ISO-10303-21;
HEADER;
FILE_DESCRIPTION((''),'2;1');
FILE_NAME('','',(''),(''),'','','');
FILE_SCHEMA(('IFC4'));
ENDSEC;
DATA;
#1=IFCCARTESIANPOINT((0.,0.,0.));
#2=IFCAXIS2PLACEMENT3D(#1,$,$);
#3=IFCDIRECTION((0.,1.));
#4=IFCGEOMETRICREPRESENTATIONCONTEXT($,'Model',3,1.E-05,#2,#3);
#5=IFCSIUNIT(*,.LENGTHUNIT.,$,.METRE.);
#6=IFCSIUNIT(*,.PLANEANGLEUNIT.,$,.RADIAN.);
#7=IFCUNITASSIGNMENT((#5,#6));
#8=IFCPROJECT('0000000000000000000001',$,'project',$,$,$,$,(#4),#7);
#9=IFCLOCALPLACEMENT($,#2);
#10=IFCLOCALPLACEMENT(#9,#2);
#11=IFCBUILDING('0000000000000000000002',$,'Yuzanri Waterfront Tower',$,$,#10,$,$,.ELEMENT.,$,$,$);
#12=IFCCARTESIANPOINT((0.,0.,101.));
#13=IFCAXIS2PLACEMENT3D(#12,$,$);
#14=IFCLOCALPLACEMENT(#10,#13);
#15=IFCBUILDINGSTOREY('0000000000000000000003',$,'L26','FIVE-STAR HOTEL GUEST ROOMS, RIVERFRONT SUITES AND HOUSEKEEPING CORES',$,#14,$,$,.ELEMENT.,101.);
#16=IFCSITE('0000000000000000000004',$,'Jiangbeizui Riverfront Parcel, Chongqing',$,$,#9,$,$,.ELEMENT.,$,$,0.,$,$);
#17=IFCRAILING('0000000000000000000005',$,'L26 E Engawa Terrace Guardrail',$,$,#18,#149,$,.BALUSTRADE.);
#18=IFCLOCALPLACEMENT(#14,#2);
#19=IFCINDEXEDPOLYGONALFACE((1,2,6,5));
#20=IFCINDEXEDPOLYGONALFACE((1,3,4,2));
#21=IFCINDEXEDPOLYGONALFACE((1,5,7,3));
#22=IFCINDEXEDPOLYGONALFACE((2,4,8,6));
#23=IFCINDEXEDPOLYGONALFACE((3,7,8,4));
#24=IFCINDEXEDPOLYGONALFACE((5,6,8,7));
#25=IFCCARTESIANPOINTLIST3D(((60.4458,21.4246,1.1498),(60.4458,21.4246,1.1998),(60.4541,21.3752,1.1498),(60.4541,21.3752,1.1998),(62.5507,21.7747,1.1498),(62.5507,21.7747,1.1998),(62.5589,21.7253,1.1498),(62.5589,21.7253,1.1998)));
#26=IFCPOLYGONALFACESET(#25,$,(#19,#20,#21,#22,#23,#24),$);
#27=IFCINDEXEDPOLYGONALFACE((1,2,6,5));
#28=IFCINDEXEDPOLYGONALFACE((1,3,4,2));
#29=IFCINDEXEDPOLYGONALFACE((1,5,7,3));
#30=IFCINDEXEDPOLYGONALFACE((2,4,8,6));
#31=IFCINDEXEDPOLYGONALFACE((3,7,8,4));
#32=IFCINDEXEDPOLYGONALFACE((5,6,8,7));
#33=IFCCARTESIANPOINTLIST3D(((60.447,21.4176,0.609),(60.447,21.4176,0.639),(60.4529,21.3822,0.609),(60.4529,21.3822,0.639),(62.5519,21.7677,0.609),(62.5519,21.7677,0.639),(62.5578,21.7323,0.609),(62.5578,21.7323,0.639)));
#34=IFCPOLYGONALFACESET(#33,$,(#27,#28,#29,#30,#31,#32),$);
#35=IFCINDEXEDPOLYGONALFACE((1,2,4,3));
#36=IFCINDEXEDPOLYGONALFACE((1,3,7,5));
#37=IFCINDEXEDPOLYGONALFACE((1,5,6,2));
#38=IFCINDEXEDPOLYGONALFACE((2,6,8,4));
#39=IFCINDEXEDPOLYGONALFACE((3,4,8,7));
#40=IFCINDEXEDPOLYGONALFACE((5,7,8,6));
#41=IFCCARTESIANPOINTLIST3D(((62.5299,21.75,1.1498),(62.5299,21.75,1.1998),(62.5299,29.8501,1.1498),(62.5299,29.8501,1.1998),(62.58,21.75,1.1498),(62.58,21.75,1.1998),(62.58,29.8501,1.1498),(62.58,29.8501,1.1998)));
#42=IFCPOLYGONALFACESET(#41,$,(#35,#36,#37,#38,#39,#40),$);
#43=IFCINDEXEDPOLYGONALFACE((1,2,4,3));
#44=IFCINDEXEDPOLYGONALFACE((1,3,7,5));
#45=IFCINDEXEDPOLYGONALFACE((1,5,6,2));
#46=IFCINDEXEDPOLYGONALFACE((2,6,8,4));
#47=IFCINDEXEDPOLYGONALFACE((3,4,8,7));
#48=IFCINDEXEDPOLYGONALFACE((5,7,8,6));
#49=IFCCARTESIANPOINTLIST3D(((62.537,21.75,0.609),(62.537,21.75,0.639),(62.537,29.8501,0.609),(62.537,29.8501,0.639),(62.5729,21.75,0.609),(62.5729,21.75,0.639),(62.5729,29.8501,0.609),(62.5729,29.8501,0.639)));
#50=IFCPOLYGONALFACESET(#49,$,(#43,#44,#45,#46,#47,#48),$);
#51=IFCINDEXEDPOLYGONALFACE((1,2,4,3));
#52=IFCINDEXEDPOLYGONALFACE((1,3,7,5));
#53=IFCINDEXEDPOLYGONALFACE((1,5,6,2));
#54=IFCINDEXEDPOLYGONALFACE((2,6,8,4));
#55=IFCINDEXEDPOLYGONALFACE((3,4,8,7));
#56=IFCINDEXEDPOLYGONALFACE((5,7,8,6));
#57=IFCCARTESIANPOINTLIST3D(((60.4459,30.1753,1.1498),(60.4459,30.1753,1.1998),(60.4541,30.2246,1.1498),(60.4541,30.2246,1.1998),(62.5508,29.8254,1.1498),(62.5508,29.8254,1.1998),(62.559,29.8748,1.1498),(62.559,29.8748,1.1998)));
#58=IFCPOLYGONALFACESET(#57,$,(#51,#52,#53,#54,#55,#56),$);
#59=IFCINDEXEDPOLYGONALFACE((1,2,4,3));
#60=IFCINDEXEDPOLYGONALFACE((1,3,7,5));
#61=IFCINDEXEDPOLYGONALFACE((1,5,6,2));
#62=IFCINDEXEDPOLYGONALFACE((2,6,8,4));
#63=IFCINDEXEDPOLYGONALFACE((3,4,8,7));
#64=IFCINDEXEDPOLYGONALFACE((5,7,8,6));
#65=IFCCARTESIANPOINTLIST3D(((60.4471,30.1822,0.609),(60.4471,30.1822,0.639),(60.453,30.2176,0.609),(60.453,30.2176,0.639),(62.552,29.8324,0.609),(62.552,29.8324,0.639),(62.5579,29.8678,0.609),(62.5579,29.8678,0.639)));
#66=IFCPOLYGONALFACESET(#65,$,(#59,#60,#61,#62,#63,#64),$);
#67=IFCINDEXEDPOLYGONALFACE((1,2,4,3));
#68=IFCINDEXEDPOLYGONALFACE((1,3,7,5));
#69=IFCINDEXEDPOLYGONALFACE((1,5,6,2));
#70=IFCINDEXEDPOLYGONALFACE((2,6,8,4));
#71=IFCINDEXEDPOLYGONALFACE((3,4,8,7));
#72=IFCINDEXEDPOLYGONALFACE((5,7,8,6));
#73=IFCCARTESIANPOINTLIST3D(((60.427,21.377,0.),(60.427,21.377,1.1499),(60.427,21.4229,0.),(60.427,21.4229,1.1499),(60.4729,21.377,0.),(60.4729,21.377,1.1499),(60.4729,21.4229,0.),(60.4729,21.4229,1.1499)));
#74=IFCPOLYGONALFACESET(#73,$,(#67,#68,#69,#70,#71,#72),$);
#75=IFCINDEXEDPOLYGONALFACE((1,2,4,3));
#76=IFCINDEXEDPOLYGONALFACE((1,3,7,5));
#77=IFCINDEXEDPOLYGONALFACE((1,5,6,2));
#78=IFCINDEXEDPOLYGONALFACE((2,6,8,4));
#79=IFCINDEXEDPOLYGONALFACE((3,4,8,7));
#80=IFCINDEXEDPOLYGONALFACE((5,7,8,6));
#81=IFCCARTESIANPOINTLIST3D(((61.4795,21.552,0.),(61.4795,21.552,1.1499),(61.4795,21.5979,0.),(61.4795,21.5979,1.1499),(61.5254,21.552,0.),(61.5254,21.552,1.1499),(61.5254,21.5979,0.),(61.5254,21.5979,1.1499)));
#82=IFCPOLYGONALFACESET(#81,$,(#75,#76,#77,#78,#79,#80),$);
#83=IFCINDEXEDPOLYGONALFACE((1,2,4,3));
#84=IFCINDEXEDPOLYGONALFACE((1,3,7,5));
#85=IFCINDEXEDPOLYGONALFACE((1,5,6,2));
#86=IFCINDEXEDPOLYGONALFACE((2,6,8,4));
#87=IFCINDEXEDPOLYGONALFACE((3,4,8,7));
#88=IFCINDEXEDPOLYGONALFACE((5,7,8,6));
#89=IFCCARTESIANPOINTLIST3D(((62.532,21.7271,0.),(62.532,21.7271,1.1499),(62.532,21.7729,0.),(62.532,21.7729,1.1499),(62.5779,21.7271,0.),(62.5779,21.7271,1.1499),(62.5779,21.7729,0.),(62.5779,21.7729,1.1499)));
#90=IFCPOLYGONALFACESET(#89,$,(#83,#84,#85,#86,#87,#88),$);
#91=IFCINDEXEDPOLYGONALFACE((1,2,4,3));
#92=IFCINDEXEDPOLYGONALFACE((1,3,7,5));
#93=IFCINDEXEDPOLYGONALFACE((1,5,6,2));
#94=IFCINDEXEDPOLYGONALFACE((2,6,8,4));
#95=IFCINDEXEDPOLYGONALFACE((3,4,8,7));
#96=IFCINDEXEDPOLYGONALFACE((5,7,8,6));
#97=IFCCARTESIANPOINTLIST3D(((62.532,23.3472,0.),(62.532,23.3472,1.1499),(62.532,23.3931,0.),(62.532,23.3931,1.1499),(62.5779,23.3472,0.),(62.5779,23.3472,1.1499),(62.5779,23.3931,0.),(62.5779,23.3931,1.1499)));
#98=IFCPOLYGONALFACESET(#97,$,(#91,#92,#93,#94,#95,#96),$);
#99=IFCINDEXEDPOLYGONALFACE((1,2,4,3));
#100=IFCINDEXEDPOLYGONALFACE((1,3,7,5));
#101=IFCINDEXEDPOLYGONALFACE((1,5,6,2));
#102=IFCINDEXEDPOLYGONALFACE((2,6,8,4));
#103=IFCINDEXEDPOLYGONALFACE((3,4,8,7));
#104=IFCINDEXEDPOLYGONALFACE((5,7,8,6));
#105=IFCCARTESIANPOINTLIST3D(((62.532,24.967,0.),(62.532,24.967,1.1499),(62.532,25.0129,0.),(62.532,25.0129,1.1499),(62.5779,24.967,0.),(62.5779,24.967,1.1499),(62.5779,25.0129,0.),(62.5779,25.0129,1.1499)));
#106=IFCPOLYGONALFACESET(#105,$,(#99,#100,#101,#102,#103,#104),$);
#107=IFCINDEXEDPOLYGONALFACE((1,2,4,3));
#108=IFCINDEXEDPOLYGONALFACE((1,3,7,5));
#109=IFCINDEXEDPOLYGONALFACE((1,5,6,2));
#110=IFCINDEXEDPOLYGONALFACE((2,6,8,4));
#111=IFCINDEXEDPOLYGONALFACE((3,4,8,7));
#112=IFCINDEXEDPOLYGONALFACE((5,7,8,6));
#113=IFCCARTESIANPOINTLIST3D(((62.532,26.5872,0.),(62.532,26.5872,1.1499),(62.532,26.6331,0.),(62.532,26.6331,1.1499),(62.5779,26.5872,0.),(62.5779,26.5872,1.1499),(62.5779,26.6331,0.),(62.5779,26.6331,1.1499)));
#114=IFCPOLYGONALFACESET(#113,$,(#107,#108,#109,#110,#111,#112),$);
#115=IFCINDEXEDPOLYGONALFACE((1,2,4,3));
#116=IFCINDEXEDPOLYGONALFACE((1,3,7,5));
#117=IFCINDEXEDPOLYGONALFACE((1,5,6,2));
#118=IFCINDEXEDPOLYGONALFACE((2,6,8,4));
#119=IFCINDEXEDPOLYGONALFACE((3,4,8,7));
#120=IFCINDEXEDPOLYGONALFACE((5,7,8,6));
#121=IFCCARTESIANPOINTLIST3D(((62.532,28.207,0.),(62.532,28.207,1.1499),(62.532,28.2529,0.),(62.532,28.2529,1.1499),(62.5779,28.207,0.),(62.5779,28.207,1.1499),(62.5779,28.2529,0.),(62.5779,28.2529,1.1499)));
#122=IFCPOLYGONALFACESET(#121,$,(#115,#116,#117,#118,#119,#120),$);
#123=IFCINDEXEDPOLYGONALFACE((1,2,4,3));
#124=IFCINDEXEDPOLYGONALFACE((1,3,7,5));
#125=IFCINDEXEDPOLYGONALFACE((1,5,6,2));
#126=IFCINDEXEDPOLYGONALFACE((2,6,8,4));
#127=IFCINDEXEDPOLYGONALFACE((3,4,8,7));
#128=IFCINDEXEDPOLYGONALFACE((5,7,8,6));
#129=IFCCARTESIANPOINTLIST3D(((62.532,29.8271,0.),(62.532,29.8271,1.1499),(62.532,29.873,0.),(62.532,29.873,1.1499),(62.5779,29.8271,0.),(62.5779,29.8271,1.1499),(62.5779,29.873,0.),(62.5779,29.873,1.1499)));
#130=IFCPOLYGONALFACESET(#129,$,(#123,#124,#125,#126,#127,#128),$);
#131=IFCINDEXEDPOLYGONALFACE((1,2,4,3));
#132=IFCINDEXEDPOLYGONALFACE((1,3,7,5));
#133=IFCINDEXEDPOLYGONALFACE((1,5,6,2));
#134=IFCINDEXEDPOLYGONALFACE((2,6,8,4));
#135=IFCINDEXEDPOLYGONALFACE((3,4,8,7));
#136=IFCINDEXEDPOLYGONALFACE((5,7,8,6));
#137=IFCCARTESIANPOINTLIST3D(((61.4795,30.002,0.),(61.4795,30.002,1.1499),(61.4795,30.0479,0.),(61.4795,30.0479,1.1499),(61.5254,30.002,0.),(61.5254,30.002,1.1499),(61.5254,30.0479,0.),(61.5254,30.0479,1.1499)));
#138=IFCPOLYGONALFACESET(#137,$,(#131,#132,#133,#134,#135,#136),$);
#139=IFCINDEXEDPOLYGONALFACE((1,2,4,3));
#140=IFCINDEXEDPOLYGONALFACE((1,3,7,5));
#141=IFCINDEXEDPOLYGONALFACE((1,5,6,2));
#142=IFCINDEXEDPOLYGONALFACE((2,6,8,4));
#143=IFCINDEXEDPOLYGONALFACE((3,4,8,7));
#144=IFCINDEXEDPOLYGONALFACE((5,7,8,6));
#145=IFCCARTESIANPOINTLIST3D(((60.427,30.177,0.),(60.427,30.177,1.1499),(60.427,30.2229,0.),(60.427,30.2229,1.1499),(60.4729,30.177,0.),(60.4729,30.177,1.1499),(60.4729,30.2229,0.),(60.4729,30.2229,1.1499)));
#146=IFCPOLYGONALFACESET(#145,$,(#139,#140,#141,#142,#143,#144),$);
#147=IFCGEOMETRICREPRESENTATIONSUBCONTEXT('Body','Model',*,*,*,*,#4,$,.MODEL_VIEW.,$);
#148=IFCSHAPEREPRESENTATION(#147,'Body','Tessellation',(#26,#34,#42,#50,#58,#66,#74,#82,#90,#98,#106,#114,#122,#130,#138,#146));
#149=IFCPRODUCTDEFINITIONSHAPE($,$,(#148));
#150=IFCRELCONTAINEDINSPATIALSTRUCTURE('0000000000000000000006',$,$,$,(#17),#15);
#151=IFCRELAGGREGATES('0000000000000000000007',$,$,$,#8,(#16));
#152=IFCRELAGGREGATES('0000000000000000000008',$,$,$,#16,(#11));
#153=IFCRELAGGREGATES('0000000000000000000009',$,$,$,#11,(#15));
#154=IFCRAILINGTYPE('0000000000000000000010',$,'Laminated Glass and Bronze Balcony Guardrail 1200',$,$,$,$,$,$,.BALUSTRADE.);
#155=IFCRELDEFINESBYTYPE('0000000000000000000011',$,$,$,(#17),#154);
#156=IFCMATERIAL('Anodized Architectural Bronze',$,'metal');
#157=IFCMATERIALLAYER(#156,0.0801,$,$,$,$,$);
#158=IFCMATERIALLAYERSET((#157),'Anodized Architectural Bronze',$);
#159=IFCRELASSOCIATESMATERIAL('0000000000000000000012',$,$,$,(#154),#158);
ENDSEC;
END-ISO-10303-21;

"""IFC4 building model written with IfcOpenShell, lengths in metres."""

from ifc_helpers import new_model, si_unit, direction, frame, origin, origin_2d, place, context, subcontext, project, spatial, rectangle, extrude, source, transform, mapped, material, layer, layer_set, type_object, element, save


model = new_model("IFC4")

# Units and contexts
model_context = context("Model", 3, precision=1e-05, world=origin(), true_north=direction((0.0, 1.0)))
body_context = subcontext(model_context, "Body", "Model", "MODEL_VIEW")
ifc_project = project(units=[si_unit("LENGTHUNIT", "METRE"), si_unit("PLANEANGLEUNIT", "RADIAN")], contexts=[model_context])

# Site, building, storey
site_placement = place(None, origin())
site = spatial("IfcSite", under=ifc_project, at=site_placement, Name="Jiangbeizui Riverfront Parcel, Chongqing", CompositionType="ELEMENT", RefElevation=0.0)
building_placement = place(site_placement, origin())
building = spatial("IfcBuilding", under=site, at=building_placement, Name="Yuzanri Waterfront Tower", CompositionType="ELEMENT")
storey_placement = place(building_placement, frame((0.0, 0.0, 101.0)))
storey = spatial("IfcBuildingStorey", under=building, at=storey_placement, Name="L26", Description="FIVE-STAR HOTEL GUEST ROOMS, RIVERFRONT SUITES AND HOUSEKEEPING CORES", CompositionType="ELEMENT", Elevation=101.0)

# Railing
ifc_material_1 = material(Name="Anodized Architectural Bronze", Category="metal")
ifc_layer_1 = layer(ifc_material_1, 0.0801)
ifc_layer_set_1 = layer_set([ifc_layer_1], Name="Anodized Architectural Bronze")
railing_type = type_object("IfcRailingType", Name="Laminated Glass and Bronze Balcony Guardrail 1200", PredefinedType="BALUSTRADE", material=ifc_layer_set_1)
shared_shape_1 = source(origin(), body_context, "Body", "SweptSolid", [
    extrude(rectangle(XDim=0.05, YDim=0.05, at=origin_2d()), frame((0.0, 0.0, 1.1748), z_axis=(0.98645, 0.164065, 0.0), x_axis=(-0.164065, 0.98645, 0.0)), (0.0, 0.0, 1.0), 2.1338),
    extrude(rectangle(XDim=0.0359, YDim=0.03, at=origin_2d()), frame((0.0, 0.0, 0.624), z_axis=(0.98645, 0.164065, 0.0), x_axis=(-0.164065, 0.98645, 0.0)), (0.0, 0.0, 1.0), 2.1338),
    extrude(rectangle(XDim=0.05, YDim=0.05, at=origin_2d()), frame((2.105, 0.3501, 1.1748), z_axis=(0.0, 1.0, 0.0), x_axis=(-1.0, 0.0, 0.0)), (0.0, 0.0, 1.0), 8.1001),
    extrude(rectangle(XDim=0.0359, YDim=0.03, at=origin_2d()), frame((2.105, 0.3501, 0.624), z_axis=(0.0, 1.0, 0.0), x_axis=(-1.0, 0.0, 0.0)), (0.0, 0.0, 1.0), 8.1001),
    extrude(rectangle(XDim=0.05, YDim=0.05, at=origin_2d()), frame((2.105, 8.4502, 1.1748), z_axis=(-0.986468, 0.163954, 0.0), x_axis=(-0.163954, -0.986468, 0.0)), (0.0, 0.0, 1.0), 2.1338),
    extrude(rectangle(XDim=0.0359, YDim=0.03, at=origin_2d()), frame((2.105, 8.4502, 0.624), z_axis=(-0.986468, 0.163954, 0.0), x_axis=(-0.163954, -0.986468, 0.0)), (0.0, 0.0, 1.0), 2.1338),
    extrude(rectangle(XDim=0.0459, YDim=0.0459, at=origin_2d()), origin(), (0.0, 0.0, 1.0), 1.1499),
    extrude(rectangle(XDim=0.0459, YDim=0.0459, at=origin_2d()), frame((1.0525, 0.175, 0.0)), (0.0, 0.0, 1.0), 1.1499),
    extrude(rectangle(XDim=0.0459, YDim=0.0459, at=origin_2d()), frame((2.105, 0.3501, 0.0)), (0.0, 0.0, 1.0), 1.1499),
    extrude(rectangle(XDim=0.0459, YDim=0.0459, at=origin_2d()), frame((2.105, 1.9702, 0.0)), (0.0, 0.0, 1.0), 1.1499),
    extrude(rectangle(XDim=0.0459, YDim=0.0459, at=origin_2d()), frame((2.105, 3.5901, 0.0)), (0.0, 0.0, 1.0), 1.1499),
    extrude(rectangle(XDim=0.0459, YDim=0.0459, at=origin_2d()), frame((2.105, 5.2102, 0.0)), (0.0, 0.0, 1.0), 1.1499),
    extrude(rectangle(XDim=0.0459, YDim=0.0459, at=origin_2d()), frame((2.105, 6.8301, 0.0)), (0.0, 0.0, 1.0), 1.1499),
    extrude(rectangle(XDim=0.0459, YDim=0.0459, at=origin_2d()), frame((2.105, 8.4502, 0.0)), (0.0, 0.0, 1.0), 1.1499),
    extrude(rectangle(XDim=0.0459, YDim=0.0459, at=origin_2d()), frame((1.0525, 8.625, 0.0)), (0.0, 0.0, 1.0), 1.1499),
    extrude(rectangle(XDim=0.0459, YDim=0.0459, at=origin_2d()), frame((0.0, 8.8, 0.0)), (0.0, 0.0, 1.0), 1.1499),
])
railing_placement = place(storey_placement, frame((60.45, 21.3999, 0.0)))
element("IfcRailing", 1, at=railing_placement, inside=storey, type_object=railing_type, Name="L26 E Engawa Terrace Guardrail", PredefinedType="BALUSTRADE", context=body_context, shape_type="MappedRepresentation", body=[
    mapped(shared_shape_1, transform((0.0, 0.0, 0.0), scale=1.0)),
])

save(model, "model.ifc")
